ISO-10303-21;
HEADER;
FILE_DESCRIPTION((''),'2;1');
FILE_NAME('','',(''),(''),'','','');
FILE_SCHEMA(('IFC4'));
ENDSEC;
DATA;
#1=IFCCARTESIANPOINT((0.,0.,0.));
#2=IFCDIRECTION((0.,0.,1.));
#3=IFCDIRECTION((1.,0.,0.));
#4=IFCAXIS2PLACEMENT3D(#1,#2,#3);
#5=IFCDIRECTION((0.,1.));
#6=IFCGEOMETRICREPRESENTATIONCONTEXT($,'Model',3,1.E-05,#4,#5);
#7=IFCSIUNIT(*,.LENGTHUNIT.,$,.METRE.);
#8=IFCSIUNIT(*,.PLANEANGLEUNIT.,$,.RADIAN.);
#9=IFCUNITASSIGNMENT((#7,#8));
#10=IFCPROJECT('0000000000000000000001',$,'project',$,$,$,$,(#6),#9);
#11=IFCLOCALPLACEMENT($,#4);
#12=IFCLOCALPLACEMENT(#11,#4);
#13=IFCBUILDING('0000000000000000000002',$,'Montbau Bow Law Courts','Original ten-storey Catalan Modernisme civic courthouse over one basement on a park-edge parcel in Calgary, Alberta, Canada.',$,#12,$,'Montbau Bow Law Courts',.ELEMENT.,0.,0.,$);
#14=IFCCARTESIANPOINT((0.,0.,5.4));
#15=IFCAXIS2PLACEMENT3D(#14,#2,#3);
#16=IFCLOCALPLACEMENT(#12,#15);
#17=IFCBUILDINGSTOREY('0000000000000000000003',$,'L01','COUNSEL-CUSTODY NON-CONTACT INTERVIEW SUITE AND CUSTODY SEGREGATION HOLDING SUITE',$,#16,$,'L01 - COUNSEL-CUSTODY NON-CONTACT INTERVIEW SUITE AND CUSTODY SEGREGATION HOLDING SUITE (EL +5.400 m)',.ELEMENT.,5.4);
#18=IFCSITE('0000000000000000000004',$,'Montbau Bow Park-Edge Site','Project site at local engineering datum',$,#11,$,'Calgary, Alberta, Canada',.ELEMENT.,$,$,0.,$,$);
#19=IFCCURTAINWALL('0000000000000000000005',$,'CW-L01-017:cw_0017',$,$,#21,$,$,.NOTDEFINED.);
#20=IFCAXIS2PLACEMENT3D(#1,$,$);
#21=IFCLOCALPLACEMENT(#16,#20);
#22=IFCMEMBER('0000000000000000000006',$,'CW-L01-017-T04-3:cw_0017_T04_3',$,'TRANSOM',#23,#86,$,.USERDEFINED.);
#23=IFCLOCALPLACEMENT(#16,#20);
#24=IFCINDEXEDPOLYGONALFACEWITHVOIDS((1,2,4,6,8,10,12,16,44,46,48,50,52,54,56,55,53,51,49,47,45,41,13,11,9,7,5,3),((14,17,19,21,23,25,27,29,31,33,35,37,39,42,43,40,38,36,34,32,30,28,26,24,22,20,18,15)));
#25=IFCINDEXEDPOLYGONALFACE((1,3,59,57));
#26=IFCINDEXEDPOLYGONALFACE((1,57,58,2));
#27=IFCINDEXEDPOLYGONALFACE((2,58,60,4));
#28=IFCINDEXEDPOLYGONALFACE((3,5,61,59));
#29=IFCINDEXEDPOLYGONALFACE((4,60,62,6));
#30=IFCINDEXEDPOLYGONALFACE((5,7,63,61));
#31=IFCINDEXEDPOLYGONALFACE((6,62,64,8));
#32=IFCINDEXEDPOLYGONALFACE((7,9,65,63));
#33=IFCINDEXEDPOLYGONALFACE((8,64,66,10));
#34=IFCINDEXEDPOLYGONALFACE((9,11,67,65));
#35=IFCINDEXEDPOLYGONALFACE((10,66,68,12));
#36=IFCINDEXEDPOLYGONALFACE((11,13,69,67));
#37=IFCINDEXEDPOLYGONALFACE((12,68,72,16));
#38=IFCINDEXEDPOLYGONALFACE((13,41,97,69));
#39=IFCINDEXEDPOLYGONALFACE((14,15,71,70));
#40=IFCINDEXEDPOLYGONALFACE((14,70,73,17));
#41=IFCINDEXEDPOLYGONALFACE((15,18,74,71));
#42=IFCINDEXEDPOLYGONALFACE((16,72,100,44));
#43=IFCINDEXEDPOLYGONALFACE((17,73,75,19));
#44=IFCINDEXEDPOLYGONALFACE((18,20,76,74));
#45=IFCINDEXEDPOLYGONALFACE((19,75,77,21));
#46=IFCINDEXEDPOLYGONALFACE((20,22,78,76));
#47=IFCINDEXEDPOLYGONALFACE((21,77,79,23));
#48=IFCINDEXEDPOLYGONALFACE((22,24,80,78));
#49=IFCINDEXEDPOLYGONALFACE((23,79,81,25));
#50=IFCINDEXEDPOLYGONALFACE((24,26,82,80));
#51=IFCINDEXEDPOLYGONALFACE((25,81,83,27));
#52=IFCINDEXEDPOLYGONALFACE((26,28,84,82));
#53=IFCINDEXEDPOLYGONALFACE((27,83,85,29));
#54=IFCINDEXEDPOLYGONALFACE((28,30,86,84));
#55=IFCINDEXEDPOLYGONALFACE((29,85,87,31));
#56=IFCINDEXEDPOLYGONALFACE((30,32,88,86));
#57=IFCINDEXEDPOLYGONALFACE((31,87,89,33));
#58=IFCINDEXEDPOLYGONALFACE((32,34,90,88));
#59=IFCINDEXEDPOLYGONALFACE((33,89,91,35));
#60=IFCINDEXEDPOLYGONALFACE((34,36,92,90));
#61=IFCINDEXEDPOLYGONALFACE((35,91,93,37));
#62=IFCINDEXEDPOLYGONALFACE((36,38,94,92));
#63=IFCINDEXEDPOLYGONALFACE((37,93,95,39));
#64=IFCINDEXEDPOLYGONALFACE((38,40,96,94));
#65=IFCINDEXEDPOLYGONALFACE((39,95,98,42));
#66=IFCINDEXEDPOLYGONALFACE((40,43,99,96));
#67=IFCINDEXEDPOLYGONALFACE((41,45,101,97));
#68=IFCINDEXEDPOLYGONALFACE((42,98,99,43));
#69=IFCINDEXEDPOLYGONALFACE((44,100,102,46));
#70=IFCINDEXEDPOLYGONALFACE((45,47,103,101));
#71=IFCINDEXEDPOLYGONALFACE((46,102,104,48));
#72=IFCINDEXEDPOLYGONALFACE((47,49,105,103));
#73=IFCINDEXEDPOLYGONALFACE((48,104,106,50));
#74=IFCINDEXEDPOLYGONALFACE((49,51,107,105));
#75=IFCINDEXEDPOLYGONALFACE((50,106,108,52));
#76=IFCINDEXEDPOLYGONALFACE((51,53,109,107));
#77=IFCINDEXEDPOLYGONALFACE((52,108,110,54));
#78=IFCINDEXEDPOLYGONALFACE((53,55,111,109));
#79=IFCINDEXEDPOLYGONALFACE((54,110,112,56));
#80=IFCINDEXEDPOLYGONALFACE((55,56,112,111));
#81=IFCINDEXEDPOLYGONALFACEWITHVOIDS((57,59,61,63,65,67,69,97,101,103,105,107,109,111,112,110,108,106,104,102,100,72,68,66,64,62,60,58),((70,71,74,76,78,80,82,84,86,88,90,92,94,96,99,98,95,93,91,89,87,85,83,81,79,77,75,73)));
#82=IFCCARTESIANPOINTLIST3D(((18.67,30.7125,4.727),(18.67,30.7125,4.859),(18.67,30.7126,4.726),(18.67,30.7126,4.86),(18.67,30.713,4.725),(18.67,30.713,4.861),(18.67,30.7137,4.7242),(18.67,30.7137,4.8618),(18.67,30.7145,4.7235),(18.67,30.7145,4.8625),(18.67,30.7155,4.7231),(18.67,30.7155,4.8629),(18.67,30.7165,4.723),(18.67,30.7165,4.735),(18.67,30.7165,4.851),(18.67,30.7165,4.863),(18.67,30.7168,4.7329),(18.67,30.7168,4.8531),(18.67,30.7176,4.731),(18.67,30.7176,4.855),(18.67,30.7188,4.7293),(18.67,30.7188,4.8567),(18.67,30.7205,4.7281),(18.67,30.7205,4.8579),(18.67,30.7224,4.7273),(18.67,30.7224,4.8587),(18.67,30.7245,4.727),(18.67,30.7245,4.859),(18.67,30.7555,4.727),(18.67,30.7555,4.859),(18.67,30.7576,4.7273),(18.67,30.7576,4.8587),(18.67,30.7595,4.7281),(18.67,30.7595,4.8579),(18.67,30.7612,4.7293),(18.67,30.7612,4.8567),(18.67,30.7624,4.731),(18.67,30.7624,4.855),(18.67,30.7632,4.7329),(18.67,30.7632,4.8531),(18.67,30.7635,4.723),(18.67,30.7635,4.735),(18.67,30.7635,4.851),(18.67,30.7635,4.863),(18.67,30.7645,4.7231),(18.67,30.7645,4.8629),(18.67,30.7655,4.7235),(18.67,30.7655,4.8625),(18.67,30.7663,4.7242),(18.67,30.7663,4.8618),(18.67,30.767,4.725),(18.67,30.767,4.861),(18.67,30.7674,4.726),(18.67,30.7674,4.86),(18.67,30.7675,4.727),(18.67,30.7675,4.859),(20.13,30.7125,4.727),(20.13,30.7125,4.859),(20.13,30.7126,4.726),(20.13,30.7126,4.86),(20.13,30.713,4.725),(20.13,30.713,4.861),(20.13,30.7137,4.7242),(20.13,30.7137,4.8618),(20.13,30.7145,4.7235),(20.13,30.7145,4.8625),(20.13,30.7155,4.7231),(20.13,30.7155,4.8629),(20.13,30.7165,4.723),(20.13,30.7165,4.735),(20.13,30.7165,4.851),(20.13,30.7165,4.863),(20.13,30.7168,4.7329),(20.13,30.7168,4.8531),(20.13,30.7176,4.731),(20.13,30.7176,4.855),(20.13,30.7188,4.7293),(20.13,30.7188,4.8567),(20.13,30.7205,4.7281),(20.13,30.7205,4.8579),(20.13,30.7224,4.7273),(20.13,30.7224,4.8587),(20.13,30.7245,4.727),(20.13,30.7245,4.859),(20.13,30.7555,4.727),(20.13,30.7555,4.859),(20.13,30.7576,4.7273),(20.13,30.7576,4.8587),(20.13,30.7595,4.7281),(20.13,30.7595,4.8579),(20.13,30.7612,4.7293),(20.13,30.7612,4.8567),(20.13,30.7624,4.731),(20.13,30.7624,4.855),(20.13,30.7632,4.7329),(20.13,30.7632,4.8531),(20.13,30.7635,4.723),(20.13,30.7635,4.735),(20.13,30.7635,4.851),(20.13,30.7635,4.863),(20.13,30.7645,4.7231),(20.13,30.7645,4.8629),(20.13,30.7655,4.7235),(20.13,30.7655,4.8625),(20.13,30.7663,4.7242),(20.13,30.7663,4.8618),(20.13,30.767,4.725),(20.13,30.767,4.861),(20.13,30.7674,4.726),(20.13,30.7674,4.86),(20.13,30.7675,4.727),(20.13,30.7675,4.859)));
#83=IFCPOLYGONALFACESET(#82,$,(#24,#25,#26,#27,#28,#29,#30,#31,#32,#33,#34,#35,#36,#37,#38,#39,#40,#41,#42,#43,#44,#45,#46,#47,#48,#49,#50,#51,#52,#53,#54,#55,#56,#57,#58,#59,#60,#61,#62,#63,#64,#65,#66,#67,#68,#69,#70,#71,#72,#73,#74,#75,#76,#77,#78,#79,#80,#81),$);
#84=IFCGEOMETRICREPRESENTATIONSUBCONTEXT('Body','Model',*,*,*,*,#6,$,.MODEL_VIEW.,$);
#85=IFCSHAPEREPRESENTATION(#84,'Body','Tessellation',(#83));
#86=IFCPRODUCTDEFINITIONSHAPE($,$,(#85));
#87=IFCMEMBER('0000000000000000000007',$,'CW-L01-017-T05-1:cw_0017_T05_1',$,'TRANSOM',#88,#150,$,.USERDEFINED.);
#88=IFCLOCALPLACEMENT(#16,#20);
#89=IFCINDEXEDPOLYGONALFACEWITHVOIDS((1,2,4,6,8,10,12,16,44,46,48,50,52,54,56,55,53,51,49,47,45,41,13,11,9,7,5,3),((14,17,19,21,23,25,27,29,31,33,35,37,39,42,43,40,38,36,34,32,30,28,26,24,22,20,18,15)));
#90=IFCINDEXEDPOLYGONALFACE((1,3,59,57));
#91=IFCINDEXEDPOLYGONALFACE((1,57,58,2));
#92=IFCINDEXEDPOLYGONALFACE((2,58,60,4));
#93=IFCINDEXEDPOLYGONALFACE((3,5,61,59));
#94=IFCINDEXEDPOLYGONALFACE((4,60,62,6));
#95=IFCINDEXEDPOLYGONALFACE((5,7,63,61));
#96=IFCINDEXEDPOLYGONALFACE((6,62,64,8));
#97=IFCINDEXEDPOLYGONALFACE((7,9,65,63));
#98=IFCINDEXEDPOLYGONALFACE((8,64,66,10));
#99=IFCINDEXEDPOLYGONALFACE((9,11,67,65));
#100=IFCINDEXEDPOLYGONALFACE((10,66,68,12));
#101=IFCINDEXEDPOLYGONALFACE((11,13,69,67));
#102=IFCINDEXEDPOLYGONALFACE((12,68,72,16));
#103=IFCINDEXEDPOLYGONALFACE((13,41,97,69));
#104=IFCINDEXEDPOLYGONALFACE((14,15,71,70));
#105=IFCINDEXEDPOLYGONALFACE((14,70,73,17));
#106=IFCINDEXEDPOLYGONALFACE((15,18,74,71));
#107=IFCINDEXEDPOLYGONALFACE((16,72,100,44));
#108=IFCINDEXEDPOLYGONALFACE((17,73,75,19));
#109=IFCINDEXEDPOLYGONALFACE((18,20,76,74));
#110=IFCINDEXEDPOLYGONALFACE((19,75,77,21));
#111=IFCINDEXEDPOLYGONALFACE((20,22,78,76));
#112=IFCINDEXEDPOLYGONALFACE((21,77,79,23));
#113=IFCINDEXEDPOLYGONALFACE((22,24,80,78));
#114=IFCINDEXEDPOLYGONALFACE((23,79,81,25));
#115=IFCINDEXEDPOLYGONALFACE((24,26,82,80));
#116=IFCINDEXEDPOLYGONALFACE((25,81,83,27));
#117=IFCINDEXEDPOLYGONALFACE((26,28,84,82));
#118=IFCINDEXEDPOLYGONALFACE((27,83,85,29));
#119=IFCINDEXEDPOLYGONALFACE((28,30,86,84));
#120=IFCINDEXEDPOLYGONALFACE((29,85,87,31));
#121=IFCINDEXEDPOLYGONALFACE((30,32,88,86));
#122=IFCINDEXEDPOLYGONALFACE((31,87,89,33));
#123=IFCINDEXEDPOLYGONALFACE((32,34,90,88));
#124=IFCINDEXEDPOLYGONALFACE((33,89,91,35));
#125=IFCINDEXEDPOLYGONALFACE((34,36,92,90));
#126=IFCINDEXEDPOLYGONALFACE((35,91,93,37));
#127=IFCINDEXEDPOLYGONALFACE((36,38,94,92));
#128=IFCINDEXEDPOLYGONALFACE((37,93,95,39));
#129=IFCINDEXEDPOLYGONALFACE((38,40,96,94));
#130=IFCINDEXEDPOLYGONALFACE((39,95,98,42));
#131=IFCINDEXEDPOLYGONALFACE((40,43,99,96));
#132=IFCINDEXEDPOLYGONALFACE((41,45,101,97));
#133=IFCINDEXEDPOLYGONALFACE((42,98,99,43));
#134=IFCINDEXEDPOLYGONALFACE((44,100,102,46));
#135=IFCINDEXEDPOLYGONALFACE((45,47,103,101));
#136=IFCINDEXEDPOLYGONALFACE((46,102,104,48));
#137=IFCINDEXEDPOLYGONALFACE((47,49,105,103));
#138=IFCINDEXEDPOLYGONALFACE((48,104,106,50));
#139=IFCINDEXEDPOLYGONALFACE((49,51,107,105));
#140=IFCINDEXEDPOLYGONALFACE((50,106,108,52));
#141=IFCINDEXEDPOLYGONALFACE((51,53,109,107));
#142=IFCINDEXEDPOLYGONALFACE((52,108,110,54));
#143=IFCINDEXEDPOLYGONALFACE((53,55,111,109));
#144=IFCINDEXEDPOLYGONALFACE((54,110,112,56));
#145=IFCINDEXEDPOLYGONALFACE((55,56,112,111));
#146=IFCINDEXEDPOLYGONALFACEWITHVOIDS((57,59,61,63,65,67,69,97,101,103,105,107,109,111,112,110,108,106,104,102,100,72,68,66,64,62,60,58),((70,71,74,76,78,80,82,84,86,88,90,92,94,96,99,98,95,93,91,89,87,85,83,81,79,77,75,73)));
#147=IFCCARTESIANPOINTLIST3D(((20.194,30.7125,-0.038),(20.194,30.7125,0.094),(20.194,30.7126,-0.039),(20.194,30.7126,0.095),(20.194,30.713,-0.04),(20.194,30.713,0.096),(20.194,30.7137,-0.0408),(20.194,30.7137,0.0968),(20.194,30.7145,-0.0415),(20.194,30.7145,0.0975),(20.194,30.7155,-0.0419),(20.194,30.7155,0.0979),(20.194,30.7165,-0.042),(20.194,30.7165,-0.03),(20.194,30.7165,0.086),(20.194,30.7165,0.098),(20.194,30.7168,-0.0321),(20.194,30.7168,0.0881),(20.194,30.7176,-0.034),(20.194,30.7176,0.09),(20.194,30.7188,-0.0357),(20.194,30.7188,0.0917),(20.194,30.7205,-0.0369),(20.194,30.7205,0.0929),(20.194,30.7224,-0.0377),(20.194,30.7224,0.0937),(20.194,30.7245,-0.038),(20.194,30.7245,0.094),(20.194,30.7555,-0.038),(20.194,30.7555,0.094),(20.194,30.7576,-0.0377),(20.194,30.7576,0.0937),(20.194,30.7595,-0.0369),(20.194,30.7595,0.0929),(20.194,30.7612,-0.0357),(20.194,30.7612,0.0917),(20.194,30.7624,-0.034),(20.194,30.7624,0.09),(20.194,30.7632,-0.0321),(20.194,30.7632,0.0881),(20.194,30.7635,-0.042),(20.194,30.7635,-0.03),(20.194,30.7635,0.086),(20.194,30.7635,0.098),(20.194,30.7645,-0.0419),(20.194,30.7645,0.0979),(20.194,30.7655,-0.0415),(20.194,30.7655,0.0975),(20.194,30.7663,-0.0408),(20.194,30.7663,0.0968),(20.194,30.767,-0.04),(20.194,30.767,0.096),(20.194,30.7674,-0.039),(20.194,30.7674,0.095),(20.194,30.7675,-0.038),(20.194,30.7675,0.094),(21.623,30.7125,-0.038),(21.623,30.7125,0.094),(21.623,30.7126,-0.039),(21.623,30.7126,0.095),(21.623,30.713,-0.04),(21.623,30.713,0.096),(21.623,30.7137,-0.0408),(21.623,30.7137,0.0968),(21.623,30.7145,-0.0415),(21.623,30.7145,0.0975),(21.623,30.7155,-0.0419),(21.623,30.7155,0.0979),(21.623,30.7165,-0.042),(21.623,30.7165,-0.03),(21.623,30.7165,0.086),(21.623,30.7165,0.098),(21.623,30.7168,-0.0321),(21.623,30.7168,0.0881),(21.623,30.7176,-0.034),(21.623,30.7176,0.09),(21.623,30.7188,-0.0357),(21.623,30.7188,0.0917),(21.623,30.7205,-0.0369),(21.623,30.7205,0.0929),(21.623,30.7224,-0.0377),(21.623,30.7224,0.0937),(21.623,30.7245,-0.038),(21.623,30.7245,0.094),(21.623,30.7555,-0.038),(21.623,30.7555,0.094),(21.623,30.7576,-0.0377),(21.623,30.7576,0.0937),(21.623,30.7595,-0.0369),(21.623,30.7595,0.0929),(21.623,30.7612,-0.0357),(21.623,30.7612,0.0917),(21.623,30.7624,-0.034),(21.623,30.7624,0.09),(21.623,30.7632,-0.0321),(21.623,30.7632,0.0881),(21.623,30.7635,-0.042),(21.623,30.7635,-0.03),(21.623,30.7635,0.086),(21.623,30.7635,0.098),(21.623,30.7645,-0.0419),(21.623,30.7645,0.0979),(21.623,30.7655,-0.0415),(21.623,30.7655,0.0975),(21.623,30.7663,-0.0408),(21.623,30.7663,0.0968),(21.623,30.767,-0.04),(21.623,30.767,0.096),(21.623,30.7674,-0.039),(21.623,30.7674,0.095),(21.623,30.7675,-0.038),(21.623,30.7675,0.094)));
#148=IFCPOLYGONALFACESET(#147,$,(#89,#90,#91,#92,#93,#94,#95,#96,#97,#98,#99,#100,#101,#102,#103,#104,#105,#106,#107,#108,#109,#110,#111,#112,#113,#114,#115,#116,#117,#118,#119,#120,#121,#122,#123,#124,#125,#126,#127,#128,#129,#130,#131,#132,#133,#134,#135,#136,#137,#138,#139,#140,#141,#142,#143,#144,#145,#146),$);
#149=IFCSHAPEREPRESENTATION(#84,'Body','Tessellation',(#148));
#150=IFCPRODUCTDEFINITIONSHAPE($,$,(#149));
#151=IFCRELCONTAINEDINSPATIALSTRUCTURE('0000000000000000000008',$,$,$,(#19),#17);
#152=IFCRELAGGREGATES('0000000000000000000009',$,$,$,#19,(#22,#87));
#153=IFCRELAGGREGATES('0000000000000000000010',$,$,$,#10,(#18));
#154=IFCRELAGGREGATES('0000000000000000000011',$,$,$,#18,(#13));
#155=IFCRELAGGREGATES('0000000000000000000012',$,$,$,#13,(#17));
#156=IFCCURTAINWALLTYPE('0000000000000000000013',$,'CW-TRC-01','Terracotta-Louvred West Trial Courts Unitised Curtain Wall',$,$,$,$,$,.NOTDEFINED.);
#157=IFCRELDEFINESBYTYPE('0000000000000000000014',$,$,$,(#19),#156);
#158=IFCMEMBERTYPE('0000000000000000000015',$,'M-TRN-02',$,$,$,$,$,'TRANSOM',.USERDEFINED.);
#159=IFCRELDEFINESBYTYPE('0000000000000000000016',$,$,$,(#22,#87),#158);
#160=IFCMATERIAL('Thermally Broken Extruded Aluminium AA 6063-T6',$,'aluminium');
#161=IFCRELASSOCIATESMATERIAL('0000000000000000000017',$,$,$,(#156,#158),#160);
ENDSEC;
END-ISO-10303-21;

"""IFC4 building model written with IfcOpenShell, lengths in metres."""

from ifc_helpers import new_model, si_unit, direction, frame, origin_with_axes, origin_2d_with_axis, place, context, subcontext, project, spatial, hollow_rectangle, extrude, material, material_profile, profile_set, type_object, element, aggregate, save


model = new_model("IFC4")

# Units and contexts
model_context = context("Model", 3, precision=1e-05, world=origin_with_axes(), true_north=direction((0.0, 1.0)))
body_context = subcontext(model_context, "Body", "Model", "MODEL_VIEW")
ifc_project = project(units=[si_unit("LENGTHUNIT", "METRE"), si_unit("PLANEANGLEUNIT", "RADIAN")], contexts=[model_context])

# Site, building, storey
site_placement = place(None, origin_with_axes())
site = spatial("IfcSite", under=ifc_project, at=site_placement, Name="Montbau Bow Park-Edge Site", Description="Project site at local engineering datum", LongName="Calgary, Alberta, Canada", CompositionType="ELEMENT", RefElevation=0.0)
building_placement = place(site_placement, origin_with_axes())
building = spatial("IfcBuilding", under=site, at=building_placement, Name="Montbau Bow Law Courts", Description="Original ten-storey Catalan Modernisme civic courthouse over one basement on a park-edge parcel in Calgary, Alberta, Canada.", LongName="Montbau Bow Law Courts", CompositionType="ELEMENT", ElevationOfRefHeight=0.0, ElevationOfTerrain=0.0)
storey_placement = place(building_placement, frame((0.0, 0.0, 5.4), z_axis=(0.0, 0.0, 1.0), x_axis=(1.0, 0.0, 0.0)))
storey = spatial("IfcBuildingStorey", under=building, at=storey_placement, Name="L01", Description="COUNSEL-CUSTODY NON-CONTACT INTERVIEW SUITE AND CUSTODY SEGREGATION HOLDING SUITE", LongName="L01 - COUNSEL-CUSTODY NON-CONTACT INTERVIEW SUITE AND CUSTODY SEGREGATION HOLDING SUITE (EL +5.400 m)", CompositionType="ELEMENT", Elevation=5.4)

# Curtain wall
ifc_material_1 = material(Name="Thermally Broken Extruded Aluminium AA 6063-T6", Category="aluminium")
curtain_wall_type = type_object("IfcCurtainWallType", Name="CW-TRC-01", Description="Terracotta-Louvred West Trial Courts Unitised Curtain Wall", PredefinedType="NOTDEFINED", material=ifc_material_1)
curtain_wall_1_placement = place(None, frame((14.068, 30.74, 5.4), z_axis=(0.0, 0.0, 1.0), x_axis=(1.0, 0.0, 0.0)))
curtain_wall_1 = element("IfcCurtainWall", 1, at=curtain_wall_1_placement, inside=storey, type_object=curtain_wall_type, Name="CW-L01-017:cw_0017", PredefinedType="NOTDEFINED")

# Members
ifc_material_profile_1 = material_profile(ifc_material_1, hollow_rectangle(XDim=0.055, YDim=0.14, WallThickness=0.004, InnerFilletRadius=0.008, OuterFilletRadius=0.004, at=origin_2d_with_axis()), Name="CWT-140X55", Category="Main", Priority=0)
ifc_profile_set_1 = profile_set([ifc_material_profile_1], Name="Thermally Broken Extruded Aluminium AA 6063-T6")
member_type_1 = type_object("IfcMemberType", Name="M-TRN-02", ElementType="TRANSOM", PredefinedType="USERDEFINED", material=ifc_profile_set_1)
member_1_placement = place(None, frame((18.67, 30.74, 10.193), z_axis=(1.0, 0.0, 0.0), x_axis=(0.0, 1.0, 0.0)))
member_1 = element("IfcMember", 2, at=member_1_placement, type_object=member_type_1, Name="CW-L01-017-T04-3:cw_0017_T04_3", ObjectType="TRANSOM", PredefinedType="USERDEFINED", context=body_context, shape_type="SweptSolid", body=[
    extrude(hollow_rectangle(XDim=0.055, YDim=0.14, WallThickness=0.004, InnerFilletRadius=0.008, OuterFilletRadius=0.004, at=origin_2d_with_axis()), origin_with_axes(), (0.0, 0.0, 1.0), 1.46),
])
member_2_placement = place(None, frame((20.194, 30.74, 5.428), z_axis=(1.0, 0.0, 0.0), x_axis=(0.0, 1.0, 0.0)))
member_2 = element("IfcMember", 3, at=member_2_placement, type_object=member_type_1, Name="CW-L01-017-T05-1:cw_0017_T05_1", ObjectType="TRANSOM", PredefinedType="USERDEFINED", context=body_context, shape_type="SweptSolid", body=[
    extrude(hollow_rectangle(XDim=0.055, YDim=0.14, WallThickness=0.004, InnerFilletRadius=0.008, OuterFilletRadius=0.004, at=origin_2d_with_axis()), origin_with_axes(), (0.0, 0.0, 1.0), 1.429),
])

aggregate(curtain_wall_1, [member_1, member_2])

save(model, "model.ifc")
